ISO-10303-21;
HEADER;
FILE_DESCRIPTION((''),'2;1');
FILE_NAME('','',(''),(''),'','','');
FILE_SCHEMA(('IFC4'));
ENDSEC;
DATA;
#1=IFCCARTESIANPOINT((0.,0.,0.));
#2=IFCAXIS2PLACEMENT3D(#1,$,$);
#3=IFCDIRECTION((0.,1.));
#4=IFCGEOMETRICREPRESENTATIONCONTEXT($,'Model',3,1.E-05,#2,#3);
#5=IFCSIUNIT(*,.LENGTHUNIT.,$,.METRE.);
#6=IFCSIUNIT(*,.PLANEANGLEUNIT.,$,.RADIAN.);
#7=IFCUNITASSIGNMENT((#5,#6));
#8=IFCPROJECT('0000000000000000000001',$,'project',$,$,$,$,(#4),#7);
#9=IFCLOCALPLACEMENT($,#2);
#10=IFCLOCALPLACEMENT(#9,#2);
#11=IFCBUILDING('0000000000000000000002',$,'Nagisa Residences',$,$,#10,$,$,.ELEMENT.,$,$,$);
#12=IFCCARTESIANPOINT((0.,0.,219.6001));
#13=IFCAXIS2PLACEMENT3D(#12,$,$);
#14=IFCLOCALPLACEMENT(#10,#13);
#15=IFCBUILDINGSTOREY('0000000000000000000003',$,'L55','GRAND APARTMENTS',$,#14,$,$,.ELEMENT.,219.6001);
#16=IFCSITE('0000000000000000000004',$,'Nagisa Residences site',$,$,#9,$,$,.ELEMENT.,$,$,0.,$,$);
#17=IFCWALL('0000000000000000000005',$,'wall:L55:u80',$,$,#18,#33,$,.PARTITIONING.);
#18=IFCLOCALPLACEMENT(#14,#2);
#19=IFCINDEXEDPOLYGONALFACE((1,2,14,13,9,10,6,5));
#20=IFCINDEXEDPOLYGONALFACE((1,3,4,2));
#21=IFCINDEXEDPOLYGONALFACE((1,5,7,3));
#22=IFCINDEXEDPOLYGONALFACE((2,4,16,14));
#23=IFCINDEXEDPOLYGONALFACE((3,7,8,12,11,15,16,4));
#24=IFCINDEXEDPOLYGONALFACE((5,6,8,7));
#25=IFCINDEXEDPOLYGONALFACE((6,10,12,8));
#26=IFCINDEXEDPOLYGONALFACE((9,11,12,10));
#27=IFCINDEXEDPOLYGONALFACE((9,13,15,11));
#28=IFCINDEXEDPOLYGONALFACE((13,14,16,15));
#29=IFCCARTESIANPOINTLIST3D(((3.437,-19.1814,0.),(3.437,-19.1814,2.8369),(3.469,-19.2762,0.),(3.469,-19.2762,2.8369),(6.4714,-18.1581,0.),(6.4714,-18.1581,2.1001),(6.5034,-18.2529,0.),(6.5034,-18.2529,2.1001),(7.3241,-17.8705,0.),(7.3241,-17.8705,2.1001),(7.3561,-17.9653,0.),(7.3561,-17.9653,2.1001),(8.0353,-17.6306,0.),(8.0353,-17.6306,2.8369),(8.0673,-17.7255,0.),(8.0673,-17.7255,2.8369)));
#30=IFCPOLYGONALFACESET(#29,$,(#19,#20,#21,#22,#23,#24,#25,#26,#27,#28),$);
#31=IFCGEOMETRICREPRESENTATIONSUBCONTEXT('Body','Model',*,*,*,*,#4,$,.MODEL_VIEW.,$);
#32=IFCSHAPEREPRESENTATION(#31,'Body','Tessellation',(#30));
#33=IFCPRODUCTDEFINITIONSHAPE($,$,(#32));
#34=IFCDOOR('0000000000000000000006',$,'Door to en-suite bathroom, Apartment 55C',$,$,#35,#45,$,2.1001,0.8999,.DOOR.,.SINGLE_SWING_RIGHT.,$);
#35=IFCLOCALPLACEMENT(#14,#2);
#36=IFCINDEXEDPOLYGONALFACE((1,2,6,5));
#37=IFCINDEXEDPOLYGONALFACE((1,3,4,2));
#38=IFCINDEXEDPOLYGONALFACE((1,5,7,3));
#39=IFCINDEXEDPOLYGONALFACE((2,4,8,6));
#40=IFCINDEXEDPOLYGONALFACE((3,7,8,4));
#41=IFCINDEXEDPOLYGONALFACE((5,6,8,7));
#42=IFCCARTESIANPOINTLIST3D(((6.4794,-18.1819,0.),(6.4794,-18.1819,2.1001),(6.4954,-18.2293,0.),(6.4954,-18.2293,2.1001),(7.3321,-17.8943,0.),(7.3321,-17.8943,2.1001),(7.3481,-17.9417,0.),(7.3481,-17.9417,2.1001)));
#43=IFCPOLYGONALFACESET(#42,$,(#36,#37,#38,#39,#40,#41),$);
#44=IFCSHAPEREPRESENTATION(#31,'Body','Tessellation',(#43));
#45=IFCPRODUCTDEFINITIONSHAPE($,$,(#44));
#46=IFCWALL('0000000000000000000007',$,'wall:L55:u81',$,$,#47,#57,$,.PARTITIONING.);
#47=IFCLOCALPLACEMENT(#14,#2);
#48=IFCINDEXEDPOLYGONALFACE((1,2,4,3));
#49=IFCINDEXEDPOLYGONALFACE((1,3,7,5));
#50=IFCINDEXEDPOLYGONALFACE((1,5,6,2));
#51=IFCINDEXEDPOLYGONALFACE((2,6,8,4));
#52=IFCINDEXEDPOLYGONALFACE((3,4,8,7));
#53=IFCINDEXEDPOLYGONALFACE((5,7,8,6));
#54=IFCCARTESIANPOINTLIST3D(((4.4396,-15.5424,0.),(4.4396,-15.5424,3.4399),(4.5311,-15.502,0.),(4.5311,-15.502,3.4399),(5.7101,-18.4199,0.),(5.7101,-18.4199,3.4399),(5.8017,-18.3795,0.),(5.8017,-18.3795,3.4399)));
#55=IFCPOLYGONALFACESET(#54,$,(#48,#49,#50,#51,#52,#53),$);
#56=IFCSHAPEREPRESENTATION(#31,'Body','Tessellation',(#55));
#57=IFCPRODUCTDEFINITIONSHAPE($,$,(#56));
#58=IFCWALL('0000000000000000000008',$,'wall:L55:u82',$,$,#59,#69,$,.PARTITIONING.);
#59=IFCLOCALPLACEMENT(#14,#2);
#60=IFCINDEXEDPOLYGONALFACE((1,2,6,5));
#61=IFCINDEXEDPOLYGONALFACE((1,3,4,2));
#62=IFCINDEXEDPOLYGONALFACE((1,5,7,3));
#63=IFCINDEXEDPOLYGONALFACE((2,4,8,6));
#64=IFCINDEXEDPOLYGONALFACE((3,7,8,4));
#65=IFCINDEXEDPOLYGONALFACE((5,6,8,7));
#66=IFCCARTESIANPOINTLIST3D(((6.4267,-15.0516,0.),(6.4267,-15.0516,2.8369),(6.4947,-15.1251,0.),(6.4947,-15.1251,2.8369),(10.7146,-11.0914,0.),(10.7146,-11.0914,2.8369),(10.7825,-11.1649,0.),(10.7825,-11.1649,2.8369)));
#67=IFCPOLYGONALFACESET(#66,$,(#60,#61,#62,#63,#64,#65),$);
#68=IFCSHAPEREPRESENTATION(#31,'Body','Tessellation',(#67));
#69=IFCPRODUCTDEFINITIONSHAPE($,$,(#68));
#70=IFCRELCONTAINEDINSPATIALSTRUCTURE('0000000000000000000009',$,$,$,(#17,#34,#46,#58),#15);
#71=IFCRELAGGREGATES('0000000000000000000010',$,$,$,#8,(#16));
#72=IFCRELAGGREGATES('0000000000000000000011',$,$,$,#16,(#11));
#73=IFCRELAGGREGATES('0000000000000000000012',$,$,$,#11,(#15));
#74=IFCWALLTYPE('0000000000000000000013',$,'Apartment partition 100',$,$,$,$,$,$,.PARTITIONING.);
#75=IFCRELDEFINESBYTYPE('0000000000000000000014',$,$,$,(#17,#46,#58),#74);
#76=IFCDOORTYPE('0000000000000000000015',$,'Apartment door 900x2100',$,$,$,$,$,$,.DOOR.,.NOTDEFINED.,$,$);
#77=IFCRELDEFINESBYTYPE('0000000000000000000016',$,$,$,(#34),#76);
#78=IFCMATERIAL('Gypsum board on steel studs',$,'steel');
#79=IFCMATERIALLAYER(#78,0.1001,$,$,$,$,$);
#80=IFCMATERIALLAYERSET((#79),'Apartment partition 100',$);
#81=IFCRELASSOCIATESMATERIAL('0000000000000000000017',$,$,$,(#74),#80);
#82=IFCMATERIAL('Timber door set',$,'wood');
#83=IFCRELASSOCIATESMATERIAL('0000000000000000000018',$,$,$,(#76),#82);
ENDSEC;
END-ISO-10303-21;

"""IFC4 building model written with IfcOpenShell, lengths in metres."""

from ifc_helpers import new_model, si_unit, direction, frame, frame_2d, origin, place, context, subcontext, project, spatial, rectangle, extrude, material, layer, layer_set, type_object, element, fill, save


model = new_model("IFC4")

# Units and contexts
model_context = context("Model", 3, precision=1e-05, world=origin(), true_north=direction((0.0, 1.0)))
body_context = subcontext(model_context, "Body", "Model", "MODEL_VIEW")
ifc_project = project(units=[si_unit("LENGTHUNIT", "METRE"), si_unit("PLANEANGLEUNIT", "RADIAN")], contexts=[model_context])

# Site, building, storey
site_placement = place(None, origin())
site = spatial("IfcSite", under=ifc_project, at=site_placement, Name="Nagisa Residences site", CompositionType="ELEMENT", RefElevation=0.0)
building_placement = place(site_placement, origin())
building = spatial("IfcBuilding", under=site, at=building_placement, Name="Nagisa Residences", CompositionType="ELEMENT")
storey_placement = place(building_placement, frame((0.0, 0.0, 219.6001)))
storey = spatial("IfcBuildingStorey", under=building, at=storey_placement, Name="L55", Description="GRAND APARTMENTS", CompositionType="ELEMENT", Elevation=219.6001)

# Shared definitions
ifc_material_1 = material(Name="Gypsum board on steel studs", Category="steel")
ifc_layer_1 = layer(ifc_material_1, 0.1001)
ifc_layer_set_1 = layer_set([ifc_layer_1], Name="Apartment partition 100")
wall_type_1 = type_object("IfcWallType", Name="Apartment partition 100", PredefinedType="PARTITIONING", material=ifc_layer_set_1)

# Shared definitions
ifc_material_2 = material(Name="Timber door set", Category="wood")
door_type_1 = type_object("IfcDoorType", Name="Apartment door 900x2100", OperationType="NOTDEFINED", PredefinedType="DOOR", material=ifc_material_2)

# Wall, opening, door
wall_1_placement = place(storey_placement, frame((3.4531, -19.2288, 0.0), z_axis=(0.0, 0.0, 1.0), x_axis=(0.947566, 0.319561, 0.0)))
wall_1 = element("IfcWall", 1, at=wall_1_placement, inside=storey, type_object=wall_type_1, Name="wall:L55:u80", PredefinedType="PARTITIONING", context=body_context, shape_type="SweptSolid", body=[
    extrude(rectangle(XDim=4.8528, YDim=0.1001, at=frame_2d((2.4263, 0.0))), origin(), (0.0, 0.0, 1.0), 2.8369),
])
opening_1_placement = place(wall_1_placement, frame((3.2021, 0.0, 0.0)))
opening_1 = element("IfcOpeningElement", 2, at=opening_1_placement, cuts=wall_1, PredefinedType="OPENING", context=body_context, shape_type="SweptSolid", body=[
    extrude(rectangle(XDim=0.8999, YDim=2.1001, at=frame_2d((0.45, 1.05))), frame((0.0, 0.0601, 0.0), z_axis=(0.0, -1.0, 0.0), x_axis=(1.0, 0.0, 0.0)), (0.0, 0.0, 1.0), 0.1201),
])
door_1_placement = place(opening_1_placement, origin())
door_1 = element("IfcDoor", 3, at=door_1_placement, inside=storey, type_object=door_type_1, Name="Door to en-suite bathroom, Apartment 55C", OperationType="SINGLE_SWING_RIGHT", OverallHeight=2.1001, OverallWidth=0.8999, PredefinedType="DOOR", context=body_context, shape_type="SweptSolid", body=[
    extrude(rectangle(XDim=0.8999, YDim=2.1001, at=frame_2d((0.45, 1.05))), frame((0.0, 0.0249, 0.0), z_axis=(0.0, -1.0, 0.0), x_axis=(1.0, 0.0, 0.0)), (0.0, 0.0, 1.0), 0.05),
])
fill(opening_1, door_1)

# Walls
wall_2_placement = place(storey_placement, frame((4.4854, -15.5222, 0.0), z_axis=(0.0, 0.0, 1.0), x_axis=(0.403919, -0.914795, 0.0)))
element("IfcWall", 4, at=wall_2_placement, inside=storey, type_object=wall_type_1, Name="wall:L55:u81", PredefinedType="PARTITIONING", context=body_context, shape_type="SweptSolid", body=[
    extrude(rectangle(XDim=3.1455, YDim=0.1001, at=frame_2d((1.5728, 0.0))), origin(), (0.0, 0.0, 1.0), 3.4399),
])
wall_3_placement = place(storey_placement, frame((6.4607, -15.0884, 0.0), z_axis=(0.0, 0.0, 1.0), x_axis=(0.734616, 0.678483, 0.0)))
element("IfcWall", 5, at=wall_3_placement, inside=storey, type_object=wall_type_1, Name="wall:L55:u82", PredefinedType="PARTITIONING", context=body_context, shape_type="SweptSolid", body=[
    extrude(rectangle(XDim=5.8369, YDim=0.1001, at=frame_2d((2.9185, 0.0))), origin(), (0.0, 0.0, 1.0), 2.8369),
])

save(model, "model.ifc")
